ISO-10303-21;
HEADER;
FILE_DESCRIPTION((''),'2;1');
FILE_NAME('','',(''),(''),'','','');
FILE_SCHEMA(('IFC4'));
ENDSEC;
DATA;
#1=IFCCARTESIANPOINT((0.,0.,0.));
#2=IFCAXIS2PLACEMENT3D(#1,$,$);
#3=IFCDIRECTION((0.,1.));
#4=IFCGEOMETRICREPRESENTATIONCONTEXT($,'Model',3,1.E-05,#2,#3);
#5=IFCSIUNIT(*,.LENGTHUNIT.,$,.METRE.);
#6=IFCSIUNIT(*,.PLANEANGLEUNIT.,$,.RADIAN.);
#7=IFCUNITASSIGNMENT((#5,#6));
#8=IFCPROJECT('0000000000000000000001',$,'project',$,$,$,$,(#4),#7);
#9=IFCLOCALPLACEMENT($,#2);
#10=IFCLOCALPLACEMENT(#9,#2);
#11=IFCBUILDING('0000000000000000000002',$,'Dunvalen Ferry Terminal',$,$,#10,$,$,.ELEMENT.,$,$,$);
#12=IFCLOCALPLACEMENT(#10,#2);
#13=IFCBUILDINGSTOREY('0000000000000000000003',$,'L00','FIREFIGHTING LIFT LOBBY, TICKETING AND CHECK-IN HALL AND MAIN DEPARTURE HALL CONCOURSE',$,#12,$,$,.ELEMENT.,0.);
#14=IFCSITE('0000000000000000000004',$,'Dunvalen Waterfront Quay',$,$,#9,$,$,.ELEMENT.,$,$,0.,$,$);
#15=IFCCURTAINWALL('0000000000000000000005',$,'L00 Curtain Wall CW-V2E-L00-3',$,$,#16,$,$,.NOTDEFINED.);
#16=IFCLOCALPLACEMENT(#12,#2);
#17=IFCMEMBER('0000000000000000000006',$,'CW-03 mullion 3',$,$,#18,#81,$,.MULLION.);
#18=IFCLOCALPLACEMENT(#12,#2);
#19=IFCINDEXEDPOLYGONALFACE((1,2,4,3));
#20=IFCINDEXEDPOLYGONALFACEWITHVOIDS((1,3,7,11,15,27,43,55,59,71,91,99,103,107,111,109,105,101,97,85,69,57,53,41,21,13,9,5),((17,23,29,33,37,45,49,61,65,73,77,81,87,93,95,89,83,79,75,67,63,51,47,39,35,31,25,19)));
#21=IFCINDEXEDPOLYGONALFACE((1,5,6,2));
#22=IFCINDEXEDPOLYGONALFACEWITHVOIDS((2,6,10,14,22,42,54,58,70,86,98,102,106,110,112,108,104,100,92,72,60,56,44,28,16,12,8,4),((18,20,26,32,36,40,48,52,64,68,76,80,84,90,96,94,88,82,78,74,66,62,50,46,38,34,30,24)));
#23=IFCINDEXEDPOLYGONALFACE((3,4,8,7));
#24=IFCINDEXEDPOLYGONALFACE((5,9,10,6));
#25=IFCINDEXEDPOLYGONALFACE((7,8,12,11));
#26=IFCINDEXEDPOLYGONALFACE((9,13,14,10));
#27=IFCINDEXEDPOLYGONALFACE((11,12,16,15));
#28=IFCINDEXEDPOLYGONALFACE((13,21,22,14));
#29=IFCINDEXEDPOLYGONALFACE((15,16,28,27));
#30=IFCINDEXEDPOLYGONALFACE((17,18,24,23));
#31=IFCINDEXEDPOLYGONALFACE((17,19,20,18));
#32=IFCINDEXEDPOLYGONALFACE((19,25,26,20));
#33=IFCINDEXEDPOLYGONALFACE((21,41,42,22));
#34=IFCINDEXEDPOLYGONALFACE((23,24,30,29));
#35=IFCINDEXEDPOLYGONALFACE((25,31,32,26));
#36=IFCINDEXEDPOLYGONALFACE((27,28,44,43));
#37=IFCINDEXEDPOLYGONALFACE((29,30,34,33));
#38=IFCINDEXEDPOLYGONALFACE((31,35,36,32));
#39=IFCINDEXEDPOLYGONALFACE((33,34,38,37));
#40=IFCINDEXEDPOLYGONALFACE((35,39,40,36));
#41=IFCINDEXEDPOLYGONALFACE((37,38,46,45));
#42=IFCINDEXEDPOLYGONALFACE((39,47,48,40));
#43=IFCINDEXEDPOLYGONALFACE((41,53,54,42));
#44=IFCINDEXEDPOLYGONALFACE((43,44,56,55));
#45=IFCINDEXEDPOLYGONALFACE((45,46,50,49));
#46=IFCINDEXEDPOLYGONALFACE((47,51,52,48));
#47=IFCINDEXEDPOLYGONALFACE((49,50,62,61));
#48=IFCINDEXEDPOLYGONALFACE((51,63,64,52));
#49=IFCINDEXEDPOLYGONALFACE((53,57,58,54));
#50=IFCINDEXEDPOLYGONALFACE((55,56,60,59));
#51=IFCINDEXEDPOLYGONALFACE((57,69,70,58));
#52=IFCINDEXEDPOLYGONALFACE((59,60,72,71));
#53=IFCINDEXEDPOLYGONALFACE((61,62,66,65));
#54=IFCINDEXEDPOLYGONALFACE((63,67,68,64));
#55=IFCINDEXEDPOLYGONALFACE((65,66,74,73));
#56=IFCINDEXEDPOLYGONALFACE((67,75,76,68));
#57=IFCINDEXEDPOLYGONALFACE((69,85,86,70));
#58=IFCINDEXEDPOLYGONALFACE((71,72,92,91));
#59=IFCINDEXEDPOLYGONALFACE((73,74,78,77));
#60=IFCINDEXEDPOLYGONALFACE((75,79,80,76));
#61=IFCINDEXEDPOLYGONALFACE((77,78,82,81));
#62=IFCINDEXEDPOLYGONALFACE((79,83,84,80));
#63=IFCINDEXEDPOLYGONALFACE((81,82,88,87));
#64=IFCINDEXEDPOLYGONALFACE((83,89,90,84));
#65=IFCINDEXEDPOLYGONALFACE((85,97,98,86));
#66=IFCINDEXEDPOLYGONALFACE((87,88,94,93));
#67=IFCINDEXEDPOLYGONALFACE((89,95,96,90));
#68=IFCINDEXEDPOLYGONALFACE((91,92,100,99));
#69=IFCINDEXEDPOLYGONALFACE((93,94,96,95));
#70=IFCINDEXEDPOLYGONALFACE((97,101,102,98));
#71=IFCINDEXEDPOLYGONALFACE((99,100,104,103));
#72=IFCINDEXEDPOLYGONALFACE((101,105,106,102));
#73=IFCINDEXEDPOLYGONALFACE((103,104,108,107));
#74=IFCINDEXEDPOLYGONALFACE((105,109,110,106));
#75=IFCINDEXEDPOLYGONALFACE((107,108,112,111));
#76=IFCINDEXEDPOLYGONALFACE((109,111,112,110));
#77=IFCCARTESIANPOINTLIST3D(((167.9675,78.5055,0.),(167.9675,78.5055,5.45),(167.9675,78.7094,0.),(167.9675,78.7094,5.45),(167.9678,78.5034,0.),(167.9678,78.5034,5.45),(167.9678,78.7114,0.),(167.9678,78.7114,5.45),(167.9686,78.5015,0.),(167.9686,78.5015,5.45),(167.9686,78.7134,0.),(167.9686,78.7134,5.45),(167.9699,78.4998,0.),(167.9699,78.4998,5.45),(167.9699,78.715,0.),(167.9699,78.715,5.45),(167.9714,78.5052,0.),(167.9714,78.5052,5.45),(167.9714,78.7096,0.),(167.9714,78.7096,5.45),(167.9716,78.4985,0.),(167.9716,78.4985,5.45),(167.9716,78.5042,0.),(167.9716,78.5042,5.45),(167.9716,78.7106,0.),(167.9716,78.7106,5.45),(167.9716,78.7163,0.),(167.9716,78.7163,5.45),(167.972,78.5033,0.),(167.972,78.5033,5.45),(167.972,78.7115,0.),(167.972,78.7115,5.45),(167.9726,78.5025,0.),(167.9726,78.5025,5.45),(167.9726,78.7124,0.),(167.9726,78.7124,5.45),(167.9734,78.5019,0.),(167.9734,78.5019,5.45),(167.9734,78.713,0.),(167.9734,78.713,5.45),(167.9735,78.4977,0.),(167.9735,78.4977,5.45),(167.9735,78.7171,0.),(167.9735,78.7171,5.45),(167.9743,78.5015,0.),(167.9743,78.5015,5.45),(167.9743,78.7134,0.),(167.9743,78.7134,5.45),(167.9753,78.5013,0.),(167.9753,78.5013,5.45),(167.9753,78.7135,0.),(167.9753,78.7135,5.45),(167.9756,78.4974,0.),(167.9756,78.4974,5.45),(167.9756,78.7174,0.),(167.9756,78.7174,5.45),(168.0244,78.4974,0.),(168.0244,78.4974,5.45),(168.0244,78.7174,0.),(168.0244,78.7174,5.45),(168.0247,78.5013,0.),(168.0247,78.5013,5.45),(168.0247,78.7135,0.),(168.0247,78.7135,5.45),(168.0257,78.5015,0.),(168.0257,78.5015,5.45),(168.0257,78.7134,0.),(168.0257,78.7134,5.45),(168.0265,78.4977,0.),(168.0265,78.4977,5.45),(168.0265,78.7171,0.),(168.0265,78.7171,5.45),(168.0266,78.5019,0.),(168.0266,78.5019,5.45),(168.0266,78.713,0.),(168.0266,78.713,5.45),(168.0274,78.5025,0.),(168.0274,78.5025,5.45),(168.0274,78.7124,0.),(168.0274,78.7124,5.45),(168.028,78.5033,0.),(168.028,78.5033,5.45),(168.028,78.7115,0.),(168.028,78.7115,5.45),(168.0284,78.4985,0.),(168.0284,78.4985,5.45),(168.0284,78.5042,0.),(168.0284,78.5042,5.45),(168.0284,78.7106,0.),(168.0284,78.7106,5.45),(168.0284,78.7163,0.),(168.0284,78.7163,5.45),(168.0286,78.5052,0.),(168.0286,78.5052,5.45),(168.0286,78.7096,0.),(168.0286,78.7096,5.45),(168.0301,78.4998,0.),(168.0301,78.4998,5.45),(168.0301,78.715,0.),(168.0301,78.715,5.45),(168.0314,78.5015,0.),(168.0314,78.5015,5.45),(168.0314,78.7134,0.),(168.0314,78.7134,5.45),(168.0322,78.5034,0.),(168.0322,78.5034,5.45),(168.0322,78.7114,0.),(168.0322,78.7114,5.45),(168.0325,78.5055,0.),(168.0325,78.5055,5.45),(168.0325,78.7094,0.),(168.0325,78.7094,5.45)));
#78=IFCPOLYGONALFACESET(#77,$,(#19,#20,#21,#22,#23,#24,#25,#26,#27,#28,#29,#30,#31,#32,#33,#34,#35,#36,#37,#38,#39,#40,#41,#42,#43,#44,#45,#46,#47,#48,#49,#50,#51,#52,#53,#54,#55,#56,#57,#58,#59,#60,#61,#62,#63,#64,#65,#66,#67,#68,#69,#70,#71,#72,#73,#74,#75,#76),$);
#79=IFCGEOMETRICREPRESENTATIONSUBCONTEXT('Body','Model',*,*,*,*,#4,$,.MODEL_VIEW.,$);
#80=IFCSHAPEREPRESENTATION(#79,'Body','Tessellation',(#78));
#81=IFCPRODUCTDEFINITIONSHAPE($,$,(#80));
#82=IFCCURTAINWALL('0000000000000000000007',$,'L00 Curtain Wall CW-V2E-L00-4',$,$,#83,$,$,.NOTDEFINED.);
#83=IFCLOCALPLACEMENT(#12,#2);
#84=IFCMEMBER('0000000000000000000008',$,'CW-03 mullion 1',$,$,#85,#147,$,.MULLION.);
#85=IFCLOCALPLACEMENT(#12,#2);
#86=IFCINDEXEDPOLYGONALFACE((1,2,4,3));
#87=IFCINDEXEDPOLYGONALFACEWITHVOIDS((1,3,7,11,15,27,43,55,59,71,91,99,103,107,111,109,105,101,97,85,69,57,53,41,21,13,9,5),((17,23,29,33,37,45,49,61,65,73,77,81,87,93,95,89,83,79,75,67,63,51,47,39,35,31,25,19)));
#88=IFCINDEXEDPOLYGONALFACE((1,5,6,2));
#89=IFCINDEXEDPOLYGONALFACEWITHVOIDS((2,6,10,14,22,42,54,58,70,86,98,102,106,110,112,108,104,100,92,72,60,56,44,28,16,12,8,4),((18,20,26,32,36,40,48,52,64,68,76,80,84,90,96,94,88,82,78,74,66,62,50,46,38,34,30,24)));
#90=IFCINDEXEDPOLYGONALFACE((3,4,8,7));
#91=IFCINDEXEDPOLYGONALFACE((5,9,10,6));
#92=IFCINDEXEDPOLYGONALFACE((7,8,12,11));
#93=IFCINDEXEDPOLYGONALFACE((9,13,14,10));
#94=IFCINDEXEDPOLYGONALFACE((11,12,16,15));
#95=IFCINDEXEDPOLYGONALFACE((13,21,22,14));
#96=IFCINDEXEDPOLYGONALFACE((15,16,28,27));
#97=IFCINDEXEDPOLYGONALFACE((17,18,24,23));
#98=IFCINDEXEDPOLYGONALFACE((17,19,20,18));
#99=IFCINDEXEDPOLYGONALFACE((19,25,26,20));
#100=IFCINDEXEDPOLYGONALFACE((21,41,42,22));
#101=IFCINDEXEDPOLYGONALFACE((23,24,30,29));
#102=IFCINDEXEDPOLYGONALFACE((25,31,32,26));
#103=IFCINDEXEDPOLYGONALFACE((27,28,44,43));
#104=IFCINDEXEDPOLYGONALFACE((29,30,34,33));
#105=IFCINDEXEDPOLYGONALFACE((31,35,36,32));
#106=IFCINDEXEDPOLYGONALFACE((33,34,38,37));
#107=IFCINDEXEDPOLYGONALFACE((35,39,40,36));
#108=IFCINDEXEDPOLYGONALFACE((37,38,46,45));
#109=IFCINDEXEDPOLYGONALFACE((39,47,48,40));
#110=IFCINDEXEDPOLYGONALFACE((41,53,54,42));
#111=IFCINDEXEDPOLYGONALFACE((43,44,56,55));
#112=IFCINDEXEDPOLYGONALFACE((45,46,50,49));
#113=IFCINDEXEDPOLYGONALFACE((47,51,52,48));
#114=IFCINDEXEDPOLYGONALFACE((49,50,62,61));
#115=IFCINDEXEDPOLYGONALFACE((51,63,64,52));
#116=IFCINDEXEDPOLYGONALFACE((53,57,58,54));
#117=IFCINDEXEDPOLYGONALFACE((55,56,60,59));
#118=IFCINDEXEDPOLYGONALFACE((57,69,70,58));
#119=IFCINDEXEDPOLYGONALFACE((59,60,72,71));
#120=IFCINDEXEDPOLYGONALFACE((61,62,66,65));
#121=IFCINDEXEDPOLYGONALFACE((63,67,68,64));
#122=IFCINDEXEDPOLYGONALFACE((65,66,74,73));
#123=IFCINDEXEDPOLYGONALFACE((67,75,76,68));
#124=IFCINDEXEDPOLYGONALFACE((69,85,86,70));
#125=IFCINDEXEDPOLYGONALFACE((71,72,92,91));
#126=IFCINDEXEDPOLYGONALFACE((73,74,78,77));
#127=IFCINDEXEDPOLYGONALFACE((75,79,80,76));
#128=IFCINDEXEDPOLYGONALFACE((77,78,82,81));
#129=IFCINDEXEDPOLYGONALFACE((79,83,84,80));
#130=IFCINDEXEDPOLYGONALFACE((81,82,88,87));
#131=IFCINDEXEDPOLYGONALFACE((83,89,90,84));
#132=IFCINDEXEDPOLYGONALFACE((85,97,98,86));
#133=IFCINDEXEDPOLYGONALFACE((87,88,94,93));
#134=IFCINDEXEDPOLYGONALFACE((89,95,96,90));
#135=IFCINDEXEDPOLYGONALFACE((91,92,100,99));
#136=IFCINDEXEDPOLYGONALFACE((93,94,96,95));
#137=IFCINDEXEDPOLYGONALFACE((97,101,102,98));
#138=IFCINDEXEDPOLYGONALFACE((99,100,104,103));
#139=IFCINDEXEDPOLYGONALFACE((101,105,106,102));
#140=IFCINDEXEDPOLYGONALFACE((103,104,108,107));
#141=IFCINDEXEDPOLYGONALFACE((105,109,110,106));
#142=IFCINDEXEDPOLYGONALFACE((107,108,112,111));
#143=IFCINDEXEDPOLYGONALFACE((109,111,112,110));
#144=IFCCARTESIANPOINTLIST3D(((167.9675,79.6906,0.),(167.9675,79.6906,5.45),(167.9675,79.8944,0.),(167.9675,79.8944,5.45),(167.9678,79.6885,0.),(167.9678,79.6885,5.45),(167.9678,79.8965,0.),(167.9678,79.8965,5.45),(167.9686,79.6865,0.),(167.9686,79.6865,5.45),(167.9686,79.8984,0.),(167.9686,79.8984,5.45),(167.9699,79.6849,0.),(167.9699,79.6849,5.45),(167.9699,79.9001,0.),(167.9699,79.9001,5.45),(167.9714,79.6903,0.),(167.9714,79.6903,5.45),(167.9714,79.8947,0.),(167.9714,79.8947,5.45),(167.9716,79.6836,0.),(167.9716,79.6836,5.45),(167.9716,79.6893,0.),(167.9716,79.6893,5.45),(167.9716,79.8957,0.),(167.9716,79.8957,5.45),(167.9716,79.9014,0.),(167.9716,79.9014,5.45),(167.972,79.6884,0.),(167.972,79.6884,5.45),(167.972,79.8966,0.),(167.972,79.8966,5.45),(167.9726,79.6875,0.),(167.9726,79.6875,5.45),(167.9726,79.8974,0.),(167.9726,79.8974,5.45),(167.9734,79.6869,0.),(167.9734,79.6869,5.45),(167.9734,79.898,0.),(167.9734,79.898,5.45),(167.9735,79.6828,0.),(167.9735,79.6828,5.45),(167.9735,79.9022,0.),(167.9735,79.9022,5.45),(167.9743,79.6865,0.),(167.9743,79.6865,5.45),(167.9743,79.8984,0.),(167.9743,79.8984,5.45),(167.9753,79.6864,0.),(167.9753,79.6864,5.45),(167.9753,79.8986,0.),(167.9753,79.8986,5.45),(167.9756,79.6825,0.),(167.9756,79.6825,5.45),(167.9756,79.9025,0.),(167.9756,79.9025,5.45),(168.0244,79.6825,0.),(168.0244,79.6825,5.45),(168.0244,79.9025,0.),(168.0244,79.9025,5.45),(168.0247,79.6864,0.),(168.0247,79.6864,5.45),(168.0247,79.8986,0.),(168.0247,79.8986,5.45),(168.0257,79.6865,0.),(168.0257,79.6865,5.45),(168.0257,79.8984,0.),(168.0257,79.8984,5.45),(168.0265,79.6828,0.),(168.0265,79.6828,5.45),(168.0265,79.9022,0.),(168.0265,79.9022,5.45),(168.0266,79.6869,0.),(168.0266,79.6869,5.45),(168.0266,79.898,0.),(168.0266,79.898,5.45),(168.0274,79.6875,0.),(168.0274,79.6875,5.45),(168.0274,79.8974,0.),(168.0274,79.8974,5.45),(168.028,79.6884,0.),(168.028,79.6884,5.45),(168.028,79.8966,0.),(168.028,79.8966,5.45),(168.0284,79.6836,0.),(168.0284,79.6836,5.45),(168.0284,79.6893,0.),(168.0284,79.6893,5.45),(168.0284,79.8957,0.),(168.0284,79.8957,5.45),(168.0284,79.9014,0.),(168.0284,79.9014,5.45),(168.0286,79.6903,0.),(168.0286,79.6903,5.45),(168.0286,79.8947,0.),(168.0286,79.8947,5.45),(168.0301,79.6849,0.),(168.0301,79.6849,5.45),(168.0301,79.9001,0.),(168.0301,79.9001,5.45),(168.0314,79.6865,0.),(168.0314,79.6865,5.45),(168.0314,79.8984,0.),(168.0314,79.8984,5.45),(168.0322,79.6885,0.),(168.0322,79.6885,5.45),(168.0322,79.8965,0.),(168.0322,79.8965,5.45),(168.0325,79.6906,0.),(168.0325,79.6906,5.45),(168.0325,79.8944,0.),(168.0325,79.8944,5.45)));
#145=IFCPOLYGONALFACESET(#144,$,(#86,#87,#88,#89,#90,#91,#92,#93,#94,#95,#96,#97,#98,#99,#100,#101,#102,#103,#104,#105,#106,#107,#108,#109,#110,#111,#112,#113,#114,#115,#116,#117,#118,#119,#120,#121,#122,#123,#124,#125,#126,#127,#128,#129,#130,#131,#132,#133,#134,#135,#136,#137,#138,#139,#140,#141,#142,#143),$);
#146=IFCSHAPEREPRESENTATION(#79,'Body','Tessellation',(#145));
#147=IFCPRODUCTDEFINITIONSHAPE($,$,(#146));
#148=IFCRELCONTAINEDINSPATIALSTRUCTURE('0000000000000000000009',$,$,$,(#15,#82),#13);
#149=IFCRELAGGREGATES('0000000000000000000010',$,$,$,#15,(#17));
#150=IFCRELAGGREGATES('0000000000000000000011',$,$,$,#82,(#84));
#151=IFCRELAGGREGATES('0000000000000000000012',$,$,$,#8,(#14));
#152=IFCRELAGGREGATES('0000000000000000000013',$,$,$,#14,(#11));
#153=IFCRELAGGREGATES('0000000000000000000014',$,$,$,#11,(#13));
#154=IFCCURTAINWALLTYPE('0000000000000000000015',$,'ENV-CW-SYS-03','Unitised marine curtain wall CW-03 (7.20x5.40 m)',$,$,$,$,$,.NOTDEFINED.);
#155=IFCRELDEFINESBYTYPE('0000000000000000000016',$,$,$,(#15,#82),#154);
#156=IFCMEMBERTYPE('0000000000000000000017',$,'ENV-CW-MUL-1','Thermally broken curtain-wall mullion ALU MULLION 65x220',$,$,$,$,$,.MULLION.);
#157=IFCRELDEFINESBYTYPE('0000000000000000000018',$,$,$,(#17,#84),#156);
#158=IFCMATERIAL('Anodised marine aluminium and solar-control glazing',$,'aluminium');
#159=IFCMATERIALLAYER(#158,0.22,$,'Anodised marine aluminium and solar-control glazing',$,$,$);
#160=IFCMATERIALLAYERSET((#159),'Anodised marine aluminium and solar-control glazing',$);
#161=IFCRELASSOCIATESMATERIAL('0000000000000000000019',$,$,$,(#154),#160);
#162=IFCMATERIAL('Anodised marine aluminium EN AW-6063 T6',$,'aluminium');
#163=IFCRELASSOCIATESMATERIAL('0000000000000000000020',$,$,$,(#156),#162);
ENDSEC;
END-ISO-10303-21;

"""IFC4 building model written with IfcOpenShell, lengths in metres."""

from ifc_helpers import new_model, si_unit, direction, frame, origin, origin_2d, place, context, subcontext, project, spatial, hollow_rectangle, extrude, material, layer, layer_set, material_profile, profile_set, type_object, element, aggregate, save


model = new_model("IFC4")

# Units and contexts
model_context = context("Model", 3, precision=1e-05, world=origin(), true_north=direction((0.0, 1.0)))
body_context = subcontext(model_context, "Body", "Model", "MODEL_VIEW")
ifc_project = project(units=[si_unit("LENGTHUNIT", "METRE"), si_unit("PLANEANGLEUNIT", "RADIAN")], contexts=[model_context])

# Site, building, storey
site_placement = place(None, origin())
site = spatial("IfcSite", under=ifc_project, at=site_placement, Name="Dunvalen Waterfront Quay", CompositionType="ELEMENT", RefElevation=0.0)
building_placement = place(site_placement, origin())
building = spatial("IfcBuilding", under=site, at=building_placement, Name="Dunvalen Ferry Terminal", CompositionType="ELEMENT")
storey_placement = place(building_placement, origin())
storey = spatial("IfcBuildingStorey", under=building, at=storey_placement, Name="L00", Description="FIREFIGHTING LIFT LOBBY, TICKETING AND CHECK-IN HALL AND MAIN DEPARTURE HALL CONCOURSE", CompositionType="ELEMENT", Elevation=0.0)

# Curtain walls, members
ifc_material_1 = material(Name="Anodised marine aluminium and solar-control glazing", Category="aluminium")
ifc_layer_1 = layer(ifc_material_1, 0.22, Name="Anodised marine aluminium and solar-control glazing")
ifc_layer_set_1 = layer_set([ifc_layer_1], Name="Anodised marine aluminium and solar-control glazing")
curtain_wall_type = type_object("IfcCurtainWallType", Name="ENV-CW-SYS-03", Description="Unitised marine curtain wall CW-03 (7.20x5.40 m)", PredefinedType="NOTDEFINED", material=ifc_layer_set_1)
curtain_wall_1_placement = place(storey_placement, origin())
curtain_wall_1 = element("IfcCurtainWall", 1, at=curtain_wall_1_placement, inside=storey, type_object=curtain_wall_type, Name="L00 Curtain Wall CW-V2E-L00-3", PredefinedType="NOTDEFINED")
ifc_material_2 = material(Name="Anodised marine aluminium EN AW-6063 T6", Category="aluminium")
ifc_material_profile_1 = material_profile(ifc_material_2, hollow_rectangle(XDim=0.0649, YDim=0.22, WallThickness=0.0039, InnerFilletRadius=0.0039, OuterFilletRadius=0.0081, at=origin_2d()), Name="Anodised marine aluminium EN AW-6063 T6")
ifc_profile_set_1 = profile_set([ifc_material_profile_1], Name="Anodised marine aluminium EN AW-6063 T6")
member_type_1 = type_object("IfcMemberType", Name="ENV-CW-MUL-1", Description="Thermally broken curtain-wall mullion ALU MULLION 65x220", PredefinedType="MULLION", material=ifc_profile_set_1)
member_1_placement = place(storey_placement, frame((168.0, 78.6074, 0.0), z_axis=(0.0, 0.0, 1.0), x_axis=(-1.0, 0.0, 0.0)))
member_1 = element("IfcMember", 2, at=member_1_placement, type_object=member_type_1, Name="CW-03 mullion 3", PredefinedType="MULLION", context=body_context, shape_type="SweptSolid", body=[
    extrude(hollow_rectangle(XDim=0.0649, YDim=0.22, WallThickness=0.0039, InnerFilletRadius=0.0039, OuterFilletRadius=0.0081, at=origin_2d()), origin(), (0.0, 0.0, 1.0), 5.45),
])
curtain_wall_2_placement = place(storey_placement, origin())
curtain_wall_2 = element("IfcCurtainWall", 3, at=curtain_wall_2_placement, inside=storey, type_object=curtain_wall_type, Name="L00 Curtain Wall CW-V2E-L00-4", PredefinedType="NOTDEFINED")
member_2_placement = place(storey_placement, frame((168.0, 79.7925, 0.0), z_axis=(0.0, 0.0, 1.0), x_axis=(-1.0, 0.0, 0.0)))
member_2 = element("IfcMember", 4, at=member_2_placement, type_object=member_type_1, Name="CW-03 mullion 1", PredefinedType="MULLION", context=body_context, shape_type="SweptSolid", body=[
    extrude(hollow_rectangle(XDim=0.0649, YDim=0.22, WallThickness=0.0039, InnerFilletRadius=0.0039, OuterFilletRadius=0.0081, at=origin_2d()), origin(), (0.0, 0.0, 1.0), 5.45),
])

aggregate(curtain_wall_1, [member_1])
aggregate(curtain_wall_2, [member_2])

save(model, "model.ifc")
